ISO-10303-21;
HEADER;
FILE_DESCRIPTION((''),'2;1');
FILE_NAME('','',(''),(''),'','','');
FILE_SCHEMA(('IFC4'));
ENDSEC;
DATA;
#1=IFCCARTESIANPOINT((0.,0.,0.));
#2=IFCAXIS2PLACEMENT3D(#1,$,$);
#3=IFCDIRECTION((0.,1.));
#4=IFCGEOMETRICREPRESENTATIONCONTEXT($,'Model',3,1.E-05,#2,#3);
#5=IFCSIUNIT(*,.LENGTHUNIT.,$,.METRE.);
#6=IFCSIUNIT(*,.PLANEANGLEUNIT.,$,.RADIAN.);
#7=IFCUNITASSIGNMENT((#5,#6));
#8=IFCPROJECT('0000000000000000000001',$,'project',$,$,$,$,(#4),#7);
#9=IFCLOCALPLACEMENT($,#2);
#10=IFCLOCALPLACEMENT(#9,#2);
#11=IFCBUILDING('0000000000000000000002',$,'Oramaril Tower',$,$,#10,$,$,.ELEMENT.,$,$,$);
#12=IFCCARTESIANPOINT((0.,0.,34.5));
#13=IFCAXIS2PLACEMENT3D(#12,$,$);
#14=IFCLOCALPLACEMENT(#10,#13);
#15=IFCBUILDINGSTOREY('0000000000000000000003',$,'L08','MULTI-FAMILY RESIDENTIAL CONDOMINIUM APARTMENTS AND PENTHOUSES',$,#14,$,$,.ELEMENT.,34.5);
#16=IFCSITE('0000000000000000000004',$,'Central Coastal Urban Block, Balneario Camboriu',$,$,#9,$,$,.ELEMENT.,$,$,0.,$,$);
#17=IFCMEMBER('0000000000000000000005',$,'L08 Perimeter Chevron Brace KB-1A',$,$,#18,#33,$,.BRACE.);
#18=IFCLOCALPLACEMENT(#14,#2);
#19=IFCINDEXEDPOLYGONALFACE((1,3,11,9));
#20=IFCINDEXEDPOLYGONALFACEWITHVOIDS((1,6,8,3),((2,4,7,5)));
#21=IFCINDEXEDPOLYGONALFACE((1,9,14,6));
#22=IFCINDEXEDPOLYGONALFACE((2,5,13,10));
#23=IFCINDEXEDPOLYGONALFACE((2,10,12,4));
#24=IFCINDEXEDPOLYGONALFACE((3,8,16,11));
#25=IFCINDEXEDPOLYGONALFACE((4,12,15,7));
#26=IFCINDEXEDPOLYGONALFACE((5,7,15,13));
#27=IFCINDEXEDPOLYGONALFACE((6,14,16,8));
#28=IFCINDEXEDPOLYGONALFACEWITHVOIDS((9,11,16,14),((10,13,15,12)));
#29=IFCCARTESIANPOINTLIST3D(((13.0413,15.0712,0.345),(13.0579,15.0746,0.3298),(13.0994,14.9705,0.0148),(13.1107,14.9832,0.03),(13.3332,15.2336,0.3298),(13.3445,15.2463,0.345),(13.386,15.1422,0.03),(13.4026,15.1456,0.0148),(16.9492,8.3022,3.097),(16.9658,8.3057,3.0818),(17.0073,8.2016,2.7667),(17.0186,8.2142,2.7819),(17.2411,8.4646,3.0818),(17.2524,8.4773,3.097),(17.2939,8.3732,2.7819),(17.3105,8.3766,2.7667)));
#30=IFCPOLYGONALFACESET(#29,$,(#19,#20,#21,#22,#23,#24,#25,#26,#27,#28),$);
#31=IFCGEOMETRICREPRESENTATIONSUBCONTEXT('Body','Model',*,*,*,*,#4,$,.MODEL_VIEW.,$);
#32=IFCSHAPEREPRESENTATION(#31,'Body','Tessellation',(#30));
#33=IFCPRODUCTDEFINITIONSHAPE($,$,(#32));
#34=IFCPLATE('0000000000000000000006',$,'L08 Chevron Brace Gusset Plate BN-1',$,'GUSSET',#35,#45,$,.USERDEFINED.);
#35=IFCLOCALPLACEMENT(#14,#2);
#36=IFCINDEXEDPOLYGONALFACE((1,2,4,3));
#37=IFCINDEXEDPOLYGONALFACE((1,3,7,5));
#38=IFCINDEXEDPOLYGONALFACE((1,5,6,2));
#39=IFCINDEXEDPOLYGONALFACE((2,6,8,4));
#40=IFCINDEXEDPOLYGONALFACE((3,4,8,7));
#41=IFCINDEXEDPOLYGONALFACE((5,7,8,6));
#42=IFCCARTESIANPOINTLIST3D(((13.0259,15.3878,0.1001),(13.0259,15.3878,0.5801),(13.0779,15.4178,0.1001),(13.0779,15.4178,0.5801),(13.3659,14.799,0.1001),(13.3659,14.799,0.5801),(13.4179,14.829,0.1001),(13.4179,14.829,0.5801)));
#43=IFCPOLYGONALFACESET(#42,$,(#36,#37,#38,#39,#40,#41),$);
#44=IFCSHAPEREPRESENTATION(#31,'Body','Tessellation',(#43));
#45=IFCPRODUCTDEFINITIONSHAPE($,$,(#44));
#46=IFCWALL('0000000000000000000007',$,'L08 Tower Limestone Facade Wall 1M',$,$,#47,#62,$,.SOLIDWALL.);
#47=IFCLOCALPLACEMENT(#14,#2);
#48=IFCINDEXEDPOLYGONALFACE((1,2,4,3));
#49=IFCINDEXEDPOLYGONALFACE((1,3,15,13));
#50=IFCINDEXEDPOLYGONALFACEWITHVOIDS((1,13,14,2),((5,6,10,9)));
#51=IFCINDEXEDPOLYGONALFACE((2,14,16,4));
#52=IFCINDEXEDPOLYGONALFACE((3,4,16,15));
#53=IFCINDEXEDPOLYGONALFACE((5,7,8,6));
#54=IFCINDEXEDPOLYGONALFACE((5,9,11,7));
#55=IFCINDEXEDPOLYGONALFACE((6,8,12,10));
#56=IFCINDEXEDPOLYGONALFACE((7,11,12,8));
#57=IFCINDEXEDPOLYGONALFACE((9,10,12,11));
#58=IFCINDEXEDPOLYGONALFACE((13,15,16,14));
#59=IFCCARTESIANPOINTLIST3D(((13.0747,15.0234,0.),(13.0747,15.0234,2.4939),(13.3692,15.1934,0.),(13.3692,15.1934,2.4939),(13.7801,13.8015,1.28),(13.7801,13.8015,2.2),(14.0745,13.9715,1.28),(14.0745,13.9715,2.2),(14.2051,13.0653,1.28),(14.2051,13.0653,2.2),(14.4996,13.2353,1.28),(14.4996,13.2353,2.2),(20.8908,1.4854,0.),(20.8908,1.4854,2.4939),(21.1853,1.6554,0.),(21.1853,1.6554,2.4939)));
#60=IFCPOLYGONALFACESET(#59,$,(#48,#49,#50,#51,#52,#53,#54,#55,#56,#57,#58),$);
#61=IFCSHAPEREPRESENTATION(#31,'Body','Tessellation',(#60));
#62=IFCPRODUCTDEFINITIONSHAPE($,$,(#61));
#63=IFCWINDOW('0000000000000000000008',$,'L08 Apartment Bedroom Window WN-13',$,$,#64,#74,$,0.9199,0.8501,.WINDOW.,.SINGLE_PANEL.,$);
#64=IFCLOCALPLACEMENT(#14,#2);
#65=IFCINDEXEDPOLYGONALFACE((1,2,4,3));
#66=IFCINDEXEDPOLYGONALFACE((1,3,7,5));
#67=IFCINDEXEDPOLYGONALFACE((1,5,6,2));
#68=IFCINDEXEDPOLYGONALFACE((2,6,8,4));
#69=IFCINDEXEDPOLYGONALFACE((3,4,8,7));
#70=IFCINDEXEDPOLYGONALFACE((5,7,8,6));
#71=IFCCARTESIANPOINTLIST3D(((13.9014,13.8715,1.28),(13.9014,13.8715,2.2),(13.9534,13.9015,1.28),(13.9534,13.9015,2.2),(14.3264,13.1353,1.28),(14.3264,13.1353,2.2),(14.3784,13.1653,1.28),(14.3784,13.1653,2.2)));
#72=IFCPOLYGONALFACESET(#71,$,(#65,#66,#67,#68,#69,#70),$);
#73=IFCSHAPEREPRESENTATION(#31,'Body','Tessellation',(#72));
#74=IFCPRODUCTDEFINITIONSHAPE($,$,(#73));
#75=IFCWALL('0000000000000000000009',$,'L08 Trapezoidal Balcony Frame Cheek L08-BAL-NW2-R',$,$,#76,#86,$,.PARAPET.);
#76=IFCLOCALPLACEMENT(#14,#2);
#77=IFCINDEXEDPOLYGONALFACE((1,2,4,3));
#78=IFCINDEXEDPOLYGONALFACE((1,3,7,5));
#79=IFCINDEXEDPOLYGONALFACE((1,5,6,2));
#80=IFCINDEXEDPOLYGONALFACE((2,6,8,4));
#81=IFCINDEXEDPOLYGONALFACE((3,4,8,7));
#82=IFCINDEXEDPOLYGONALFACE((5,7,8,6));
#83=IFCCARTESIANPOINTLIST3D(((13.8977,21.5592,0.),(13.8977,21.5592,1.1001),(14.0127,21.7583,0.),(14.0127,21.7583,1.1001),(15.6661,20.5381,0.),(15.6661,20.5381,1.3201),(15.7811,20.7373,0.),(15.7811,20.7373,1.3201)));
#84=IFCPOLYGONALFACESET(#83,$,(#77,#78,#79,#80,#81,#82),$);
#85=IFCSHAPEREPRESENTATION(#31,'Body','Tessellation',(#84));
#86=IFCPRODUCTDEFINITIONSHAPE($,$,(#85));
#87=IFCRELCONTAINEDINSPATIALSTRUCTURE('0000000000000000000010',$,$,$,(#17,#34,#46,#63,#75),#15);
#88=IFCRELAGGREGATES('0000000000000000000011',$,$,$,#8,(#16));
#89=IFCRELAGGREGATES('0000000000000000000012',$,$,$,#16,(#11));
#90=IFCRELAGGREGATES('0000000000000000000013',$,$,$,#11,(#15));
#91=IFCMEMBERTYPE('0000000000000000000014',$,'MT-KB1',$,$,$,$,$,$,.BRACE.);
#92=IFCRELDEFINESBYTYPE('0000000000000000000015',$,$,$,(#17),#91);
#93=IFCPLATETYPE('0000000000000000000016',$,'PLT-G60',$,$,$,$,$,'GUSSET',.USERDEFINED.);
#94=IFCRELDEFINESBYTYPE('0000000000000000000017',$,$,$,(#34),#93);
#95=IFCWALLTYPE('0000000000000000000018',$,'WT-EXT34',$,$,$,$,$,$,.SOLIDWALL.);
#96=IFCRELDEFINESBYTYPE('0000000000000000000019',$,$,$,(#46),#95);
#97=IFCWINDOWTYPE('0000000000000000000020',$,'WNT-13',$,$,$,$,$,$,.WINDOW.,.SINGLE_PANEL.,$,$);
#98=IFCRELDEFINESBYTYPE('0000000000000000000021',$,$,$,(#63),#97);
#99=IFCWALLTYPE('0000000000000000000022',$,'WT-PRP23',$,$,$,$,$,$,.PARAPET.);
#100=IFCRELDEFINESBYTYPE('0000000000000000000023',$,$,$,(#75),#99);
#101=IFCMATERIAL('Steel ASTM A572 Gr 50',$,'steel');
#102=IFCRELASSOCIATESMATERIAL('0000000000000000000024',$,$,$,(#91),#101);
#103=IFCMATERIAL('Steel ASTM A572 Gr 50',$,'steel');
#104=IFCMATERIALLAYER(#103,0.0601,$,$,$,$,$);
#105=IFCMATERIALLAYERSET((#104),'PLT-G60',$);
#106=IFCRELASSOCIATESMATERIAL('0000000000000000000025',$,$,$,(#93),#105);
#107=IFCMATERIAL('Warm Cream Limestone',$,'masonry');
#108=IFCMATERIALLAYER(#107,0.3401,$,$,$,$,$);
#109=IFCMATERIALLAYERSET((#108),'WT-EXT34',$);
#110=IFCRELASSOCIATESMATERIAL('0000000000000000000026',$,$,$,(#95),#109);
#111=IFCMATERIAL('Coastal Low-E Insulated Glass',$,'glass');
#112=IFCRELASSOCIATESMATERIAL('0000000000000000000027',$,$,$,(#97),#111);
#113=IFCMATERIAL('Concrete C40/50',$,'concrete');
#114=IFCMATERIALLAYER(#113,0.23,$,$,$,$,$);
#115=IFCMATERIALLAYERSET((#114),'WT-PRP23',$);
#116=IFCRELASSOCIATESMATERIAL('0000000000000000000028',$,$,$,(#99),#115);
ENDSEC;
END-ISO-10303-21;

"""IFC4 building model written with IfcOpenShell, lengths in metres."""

from ifc_helpers import new_model, si_unit, direction, frame, frame_2d, origin, origin_2d, place, context, subcontext, project, spatial, polyline, rectangle, hollow_rectangle, outline, extrude, material, layer, layer_set, material_profile, profile_set, type_object, element, fill, save


model = new_model("IFC4")

# Units and contexts
model_context = context("Model", 3, precision=1e-05, world=origin(), true_north=direction((0.0, 1.0)))
body_context = subcontext(model_context, "Body", "Model", "MODEL_VIEW")
ifc_project = project(units=[si_unit("LENGTHUNIT", "METRE"), si_unit("PLANEANGLEUNIT", "RADIAN")], contexts=[model_context])

# Site, building, storey
site_placement = place(None, origin())
site = spatial("IfcSite", under=ifc_project, at=site_placement, Name="Central Coastal Urban Block, Balneario Camboriu", CompositionType="ELEMENT", RefElevation=0.0)
building_placement = place(site_placement, origin())
building = spatial("IfcBuilding", under=site, at=building_placement, Name="Oramaril Tower", CompositionType="ELEMENT")
storey_placement = place(building_placement, frame((0.0, 0.0, 34.5)))
storey = spatial("IfcBuildingStorey", under=building, at=storey_placement, Name="L08", Description="MULTI-FAMILY RESIDENTIAL CONDOMINIUM APARTMENTS AND PENTHOUSES", CompositionType="ELEMENT", Elevation=34.5)

# Member
ifc_material_1 = material(Name="Steel ASTM A572 Gr 50", Category="steel")
ifc_material_profile_1 = material_profile(ifc_material_1, hollow_rectangle(XDim=0.3501, YDim=0.3501, WallThickness=0.0161, at=origin_2d()), Name="HSS350X350X16")
ifc_profile_set_1 = profile_set([ifc_material_profile_1], Name="Steel ASTM A572 Gr 50")
member_type = type_object("IfcMemberType", Name="MT-KB1", PredefinedType="BRACE", material=ifc_profile_set_1)
member_placement = place(storey_placement, frame((13.2219, 15.1084, 0.1799), z_axis=(0.471608, -0.81688, 0.332103), x_axis=(0.866034, 0.499986, 0.0)))
element("IfcMember", 1, at=member_placement, inside=storey, type_object=member_type, Name="L08 Perimeter Chevron Brace KB-1A", PredefinedType="BRACE", context=body_context, shape_type="SweptSolid", body=[
    extrude(hollow_rectangle(XDim=0.3501, YDim=0.3501, WallThickness=0.0161, at=origin_2d()), origin(), (0.0, 0.0, 1.0), 8.2864),
])

# Plate
ifc_material_2 = material(Name="Steel ASTM A572 Gr 50", Category="steel")
ifc_layer_1 = layer(ifc_material_2, 0.0601)
ifc_layer_set_1 = layer_set([ifc_layer_1], Name="PLT-G60")
plate_type = type_object("IfcPlateType", Name="PLT-G60", ElementType="GUSSET", PredefinedType="USERDEFINED", material=ifc_layer_set_1)
plate_placement = place(storey_placement, frame((13.2219, 15.1084, 0.1001), z_axis=(0.0, 0.0, 1.0), x_axis=(0.499998, -0.866026, 0.0)))
element("IfcPlate", 2, at=plate_placement, inside=storey, type_object=plate_type, Name="L08 Chevron Brace Gusset Plate BN-1", ObjectType="GUSSET", PredefinedType="USERDEFINED", context=body_context, shape_type="SweptSolid", body=[
    extrude(rectangle(XDim=0.6799, YDim=0.0601, at=origin_2d()), origin(), (0.0, 0.0, 1.0), 0.48),
])

# Wall, opening, window
ifc_material_3 = material(Name="Warm Cream Limestone", Category="masonry")
ifc_layer_2 = layer(ifc_material_3, 0.3401)
ifc_layer_set_2 = layer_set([ifc_layer_2], Name="WT-EXT34")
wall_type_1 = type_object("IfcWallType", Name="WT-EXT34", PredefinedType="SOLIDWALL", material=ifc_layer_set_2)
wall_1_placement = place(storey_placement, frame((13.2219, 15.1084, 0.0), z_axis=(0.0, 0.0, 1.0), x_axis=(0.499997, -0.866027, 0.0)))
wall_1 = element("IfcWall", 3, at=wall_1_placement, inside=storey, type_object=wall_type_1, Name="L08 Tower Limestone Facade Wall 1M", PredefinedType="SOLIDWALL", context=body_context, shape_type="SweptSolid", body=[
    extrude(rectangle(XDim=15.6323, YDim=0.3401, at=frame_2d((7.8162, 0.0))), origin(), (0.0, 0.0, 1.0), 2.4939),
])
opening_1_placement = place(wall_1_placement, frame((1.4109, 0.0, 1.28)))
opening_1 = element("IfcOpeningElement", 4, at=opening_1_placement, cuts=wall_1, PredefinedType="OPENING", context=body_context, shape_type="SweptSolid", body=[
    extrude(rectangle(XDim=0.8501, YDim=0.9199, at=frame_2d((0.425, 0.46))), frame((0.0, 0.1699, 0.0), z_axis=(0.0, -1.0, 0.0), x_axis=(1.0, 0.0, 0.0)), (0.0, 0.0, 1.0), 0.3401),
])
ifc_material_4 = material(Name="Coastal Low-E Insulated Glass", Category="glass")
window_type = type_object("IfcWindowType", Name="WNT-13", PartitioningType="SINGLE_PANEL", PredefinedType="WINDOW", material=ifc_material_4)
window_placement = place(opening_1_placement, origin())
window = element("IfcWindow", 5, at=window_placement, inside=storey, type_object=window_type, Name="L08 Apartment Bedroom Window WN-13", OverallHeight=0.9199, OverallWidth=0.8501, PartitioningType="SINGLE_PANEL", PredefinedType="WINDOW", context=body_context, shape_type="SweptSolid", body=[
    extrude(rectangle(XDim=0.8501, YDim=0.9199, at=frame_2d((0.425, 0.46))), frame((0.0, 0.03, 0.0), z_axis=(0.0, -1.0, 0.0), x_axis=(1.0, 0.0, 0.0)), (0.0, 0.0, 1.0), 0.0601),
])
fill(opening_1, window)

# Wall
ifc_material_5 = material(Name="Concrete C40/50", Category="concrete")
ifc_layer_3 = layer(ifc_material_5, 0.23)
ifc_layer_set_3 = layer_set([ifc_layer_3], Name="WT-PRP23")
wall_type_2 = type_object("IfcWallType", Name="WT-PRP23", PredefinedType="PARAPET", material=ifc_layer_set_3)
wall_2_placement = place(storey_placement, frame((15.7236, 20.6377, 0.0), z_axis=(0.0, 0.0, 1.0), x_axis=(-0.866012, 0.500023, 0.0)))
element("IfcWall", 6, at=wall_2_placement, inside=storey, type_object=wall_type_2, Name="L08 Trapezoidal Balcony Frame Cheek L08-BAL-NW2-R", PredefinedType="PARAPET", context=body_context, shape_type="SweptSolid", body=[
    extrude(outline(polyline([(0.0, 0.0), (2.042, 0.0), (2.042, 1.1001), (0.0, 1.3201), (0.0, 0.0)])), frame((0.0, 0.115, 0.0), z_axis=(0.0, -1.0, 0.0), x_axis=(1.0, 0.0, 0.0)), (0.0, 0.0, 1.0), 0.23),
])

save(model, "model.ifc")
